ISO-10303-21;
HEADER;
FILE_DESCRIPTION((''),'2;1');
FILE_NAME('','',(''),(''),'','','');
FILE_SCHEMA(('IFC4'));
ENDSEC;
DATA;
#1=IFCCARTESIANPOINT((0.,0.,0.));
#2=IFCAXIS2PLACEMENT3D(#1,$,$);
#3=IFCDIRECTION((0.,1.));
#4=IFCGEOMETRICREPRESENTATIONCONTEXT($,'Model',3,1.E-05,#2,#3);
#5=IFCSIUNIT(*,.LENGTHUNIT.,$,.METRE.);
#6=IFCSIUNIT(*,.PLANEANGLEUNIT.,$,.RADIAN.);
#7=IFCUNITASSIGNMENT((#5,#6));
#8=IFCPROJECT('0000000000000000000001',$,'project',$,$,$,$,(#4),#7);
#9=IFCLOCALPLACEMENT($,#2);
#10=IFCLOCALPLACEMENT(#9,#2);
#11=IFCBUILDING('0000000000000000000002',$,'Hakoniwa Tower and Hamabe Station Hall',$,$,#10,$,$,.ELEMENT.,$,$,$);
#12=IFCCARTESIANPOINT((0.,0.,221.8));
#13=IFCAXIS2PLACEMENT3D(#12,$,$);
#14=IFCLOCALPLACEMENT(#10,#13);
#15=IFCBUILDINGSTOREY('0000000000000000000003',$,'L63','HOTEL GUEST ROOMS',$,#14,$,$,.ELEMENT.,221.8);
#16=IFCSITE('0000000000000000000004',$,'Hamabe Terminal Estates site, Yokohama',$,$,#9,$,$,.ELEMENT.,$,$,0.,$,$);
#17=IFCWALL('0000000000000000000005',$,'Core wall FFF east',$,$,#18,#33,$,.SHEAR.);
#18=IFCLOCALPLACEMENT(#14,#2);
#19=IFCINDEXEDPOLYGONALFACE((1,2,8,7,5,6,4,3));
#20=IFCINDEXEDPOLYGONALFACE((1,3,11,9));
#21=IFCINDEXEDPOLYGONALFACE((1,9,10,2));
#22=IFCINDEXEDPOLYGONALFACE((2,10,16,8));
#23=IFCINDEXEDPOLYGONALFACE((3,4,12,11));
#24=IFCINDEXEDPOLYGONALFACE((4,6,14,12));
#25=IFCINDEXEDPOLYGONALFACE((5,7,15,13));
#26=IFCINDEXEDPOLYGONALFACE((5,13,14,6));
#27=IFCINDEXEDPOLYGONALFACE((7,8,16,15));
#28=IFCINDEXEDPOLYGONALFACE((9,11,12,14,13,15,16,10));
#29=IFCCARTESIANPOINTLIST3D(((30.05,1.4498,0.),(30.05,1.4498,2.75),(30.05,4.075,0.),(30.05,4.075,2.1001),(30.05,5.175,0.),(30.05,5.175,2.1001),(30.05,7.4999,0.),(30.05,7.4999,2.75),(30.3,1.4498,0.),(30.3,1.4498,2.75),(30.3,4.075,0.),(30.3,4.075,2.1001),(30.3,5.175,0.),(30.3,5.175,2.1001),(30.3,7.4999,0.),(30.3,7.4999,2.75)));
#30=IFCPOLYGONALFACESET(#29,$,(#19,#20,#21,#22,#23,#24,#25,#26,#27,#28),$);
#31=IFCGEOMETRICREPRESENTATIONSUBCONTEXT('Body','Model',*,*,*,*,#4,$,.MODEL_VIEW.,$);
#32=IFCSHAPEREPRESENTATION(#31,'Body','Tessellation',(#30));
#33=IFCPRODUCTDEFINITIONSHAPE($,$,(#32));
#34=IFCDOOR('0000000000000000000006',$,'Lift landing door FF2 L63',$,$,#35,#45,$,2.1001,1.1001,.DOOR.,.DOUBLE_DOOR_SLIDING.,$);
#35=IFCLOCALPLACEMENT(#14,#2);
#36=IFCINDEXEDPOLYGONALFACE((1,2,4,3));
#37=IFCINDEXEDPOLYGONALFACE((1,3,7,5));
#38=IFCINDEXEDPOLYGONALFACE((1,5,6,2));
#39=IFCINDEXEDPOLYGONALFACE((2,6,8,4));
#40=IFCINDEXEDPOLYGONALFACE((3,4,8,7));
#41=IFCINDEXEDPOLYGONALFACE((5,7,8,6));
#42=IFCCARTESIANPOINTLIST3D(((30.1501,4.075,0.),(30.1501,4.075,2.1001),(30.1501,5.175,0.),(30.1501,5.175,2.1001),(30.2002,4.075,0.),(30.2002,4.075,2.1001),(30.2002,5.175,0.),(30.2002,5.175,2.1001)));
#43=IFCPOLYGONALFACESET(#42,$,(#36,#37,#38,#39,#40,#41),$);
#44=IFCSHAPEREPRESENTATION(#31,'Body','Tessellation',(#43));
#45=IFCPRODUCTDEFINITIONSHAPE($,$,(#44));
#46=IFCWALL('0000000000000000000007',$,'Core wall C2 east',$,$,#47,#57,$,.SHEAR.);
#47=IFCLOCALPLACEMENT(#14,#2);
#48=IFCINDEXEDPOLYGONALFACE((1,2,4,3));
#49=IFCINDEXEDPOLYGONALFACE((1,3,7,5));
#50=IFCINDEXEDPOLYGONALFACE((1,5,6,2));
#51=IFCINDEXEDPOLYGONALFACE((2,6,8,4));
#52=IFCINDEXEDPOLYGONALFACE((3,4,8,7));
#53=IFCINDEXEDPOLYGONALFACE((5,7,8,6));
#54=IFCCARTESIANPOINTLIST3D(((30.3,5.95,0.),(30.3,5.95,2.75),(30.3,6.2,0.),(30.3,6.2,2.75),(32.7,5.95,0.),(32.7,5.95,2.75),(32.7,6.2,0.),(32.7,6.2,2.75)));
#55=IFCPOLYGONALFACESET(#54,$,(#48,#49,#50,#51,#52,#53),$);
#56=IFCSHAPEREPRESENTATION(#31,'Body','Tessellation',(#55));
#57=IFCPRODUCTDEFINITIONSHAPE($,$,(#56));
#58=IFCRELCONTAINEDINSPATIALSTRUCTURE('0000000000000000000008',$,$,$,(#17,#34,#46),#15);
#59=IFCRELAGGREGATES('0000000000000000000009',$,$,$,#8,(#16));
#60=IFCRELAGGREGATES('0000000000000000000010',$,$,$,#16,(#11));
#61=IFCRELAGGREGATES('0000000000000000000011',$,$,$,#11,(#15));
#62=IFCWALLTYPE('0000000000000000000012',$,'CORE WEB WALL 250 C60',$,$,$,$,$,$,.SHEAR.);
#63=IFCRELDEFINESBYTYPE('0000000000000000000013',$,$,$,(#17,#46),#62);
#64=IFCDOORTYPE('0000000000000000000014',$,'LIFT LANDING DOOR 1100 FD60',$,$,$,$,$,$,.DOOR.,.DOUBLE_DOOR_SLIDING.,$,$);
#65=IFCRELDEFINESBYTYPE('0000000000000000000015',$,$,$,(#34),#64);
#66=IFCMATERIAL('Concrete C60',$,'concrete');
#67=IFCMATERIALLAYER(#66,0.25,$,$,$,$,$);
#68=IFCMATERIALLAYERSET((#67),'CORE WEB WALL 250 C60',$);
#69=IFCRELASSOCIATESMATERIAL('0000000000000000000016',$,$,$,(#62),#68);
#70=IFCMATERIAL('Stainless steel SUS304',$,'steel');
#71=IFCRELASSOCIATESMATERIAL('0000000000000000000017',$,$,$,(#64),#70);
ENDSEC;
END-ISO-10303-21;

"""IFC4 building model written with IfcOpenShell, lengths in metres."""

from ifc_helpers import new_model, si_unit, direction, frame, frame_2d, origin, place, context, subcontext, project, spatial, rectangle, extrude, material, layer, layer_set, type_object, element, fill, save


model = new_model("IFC4")

# Units and contexts
model_context = context("Model", 3, precision=1e-05, world=origin(), true_north=direction((0.0, 1.0)))
body_context = subcontext(model_context, "Body", "Model", "MODEL_VIEW")
ifc_project = project(units=[si_unit("LENGTHUNIT", "METRE"), si_unit("PLANEANGLEUNIT", "RADIAN")], contexts=[model_context])

# Site, building, storey
site_placement = place(None, origin())
site = spatial("IfcSite", under=ifc_project, at=site_placement, Name="Hamabe Terminal Estates site, Yokohama", CompositionType="ELEMENT", RefElevation=0.0)
building_placement = place(site_placement, origin())
building = spatial("IfcBuilding", under=site, at=building_placement, Name="Hakoniwa Tower and Hamabe Station Hall", CompositionType="ELEMENT")
storey_placement = place(building_placement, frame((0.0, 0.0, 221.8)))
storey = spatial("IfcBuildingStorey", under=building, at=storey_placement, Name="L63", Description="HOTEL GUEST ROOMS", CompositionType="ELEMENT", Elevation=221.8)

# Shared definitions
ifc_material_1 = material(Name="Concrete C60", Category="concrete")
ifc_layer_1 = layer(ifc_material_1, 0.25)
ifc_layer_set_1 = layer_set([ifc_layer_1], Name="CORE WEB WALL 250 C60")
wall_type_1 = type_object("IfcWallType", Name="CORE WEB WALL 250 C60", PredefinedType="SHEAR", material=ifc_layer_set_1)

# Wall, opening, door
wall_1_placement = place(storey_placement, frame((30.175, 1.45, 0.0), z_axis=(0.0, 0.0, 1.0), x_axis=(0.0, 1.0, 0.0)))
wall_1 = element("IfcWall", 1, at=wall_1_placement, inside=storey, type_object=wall_type_1, Name="Core wall FFF east", PredefinedType="SHEAR", context=body_context, shape_type="SweptSolid", body=[
    extrude(rectangle(XDim=6.05, YDim=0.25, at=frame_2d((3.0249, 0.0))), origin(), (0.0, 0.0, 1.0), 2.75),
])
opening_1_placement = place(wall_1_placement, frame((2.625, 0.0, 0.0)))
opening_1 = element("IfcOpeningElement", 2, at=opening_1_placement, cuts=wall_1, PredefinedType="OPENING", context=body_context, shape_type="SweptSolid", body=[
    extrude(rectangle(XDim=1.1001, YDim=2.1001, at=frame_2d((0.55, 1.05))), frame((0.0, 0.135, 0.0), z_axis=(0.0, -1.0, 0.0), x_axis=(1.0, 0.0, 0.0)), (0.0, 0.0, 1.0), 0.27),
])
ifc_material_2 = material(Name="Stainless steel SUS304", Category="steel")
door_type_1 = type_object("IfcDoorType", Name="LIFT LANDING DOOR 1100 FD60", OperationType="DOUBLE_DOOR_SLIDING", PredefinedType="DOOR", material=ifc_material_2)
door_1_placement = place(opening_1_placement, origin())
door_1 = element("IfcDoor", 3, at=door_1_placement, inside=storey, type_object=door_type_1, Name="Lift landing door FF2 L63", OperationType="DOUBLE_DOOR_SLIDING", OverallHeight=2.1001, OverallWidth=1.1001, PredefinedType="DOOR", context=body_context, shape_type="SweptSolid", body=[
    extrude(rectangle(XDim=1.1001, YDim=2.1001, at=frame_2d((0.55, 1.05))), frame((0.0, 0.0249, 0.0), z_axis=(0.0, -1.0, 0.0), x_axis=(1.0, 0.0, 0.0)), (0.0, 0.0, 1.0), 0.05),
])
fill(opening_1, door_1)

# Wall
wall_2_placement = place(storey_placement, frame((30.3, 6.075, 0.0), z_axis=(0.0, 0.0, 1.0), x_axis=(1.0, 0.0, 0.0)))
element("IfcWall", 4, at=wall_2_placement, inside=storey, type_object=wall_type_1, Name="Core wall C2 east", PredefinedType="SHEAR", context=body_context, shape_type="SweptSolid", body=[
    extrude(rectangle(XDim=2.3999, YDim=0.25, at=frame_2d((1.2, 0.0))), origin(), (0.0, 0.0, 1.0), 2.75),
])

save(model, "model.ifc")
